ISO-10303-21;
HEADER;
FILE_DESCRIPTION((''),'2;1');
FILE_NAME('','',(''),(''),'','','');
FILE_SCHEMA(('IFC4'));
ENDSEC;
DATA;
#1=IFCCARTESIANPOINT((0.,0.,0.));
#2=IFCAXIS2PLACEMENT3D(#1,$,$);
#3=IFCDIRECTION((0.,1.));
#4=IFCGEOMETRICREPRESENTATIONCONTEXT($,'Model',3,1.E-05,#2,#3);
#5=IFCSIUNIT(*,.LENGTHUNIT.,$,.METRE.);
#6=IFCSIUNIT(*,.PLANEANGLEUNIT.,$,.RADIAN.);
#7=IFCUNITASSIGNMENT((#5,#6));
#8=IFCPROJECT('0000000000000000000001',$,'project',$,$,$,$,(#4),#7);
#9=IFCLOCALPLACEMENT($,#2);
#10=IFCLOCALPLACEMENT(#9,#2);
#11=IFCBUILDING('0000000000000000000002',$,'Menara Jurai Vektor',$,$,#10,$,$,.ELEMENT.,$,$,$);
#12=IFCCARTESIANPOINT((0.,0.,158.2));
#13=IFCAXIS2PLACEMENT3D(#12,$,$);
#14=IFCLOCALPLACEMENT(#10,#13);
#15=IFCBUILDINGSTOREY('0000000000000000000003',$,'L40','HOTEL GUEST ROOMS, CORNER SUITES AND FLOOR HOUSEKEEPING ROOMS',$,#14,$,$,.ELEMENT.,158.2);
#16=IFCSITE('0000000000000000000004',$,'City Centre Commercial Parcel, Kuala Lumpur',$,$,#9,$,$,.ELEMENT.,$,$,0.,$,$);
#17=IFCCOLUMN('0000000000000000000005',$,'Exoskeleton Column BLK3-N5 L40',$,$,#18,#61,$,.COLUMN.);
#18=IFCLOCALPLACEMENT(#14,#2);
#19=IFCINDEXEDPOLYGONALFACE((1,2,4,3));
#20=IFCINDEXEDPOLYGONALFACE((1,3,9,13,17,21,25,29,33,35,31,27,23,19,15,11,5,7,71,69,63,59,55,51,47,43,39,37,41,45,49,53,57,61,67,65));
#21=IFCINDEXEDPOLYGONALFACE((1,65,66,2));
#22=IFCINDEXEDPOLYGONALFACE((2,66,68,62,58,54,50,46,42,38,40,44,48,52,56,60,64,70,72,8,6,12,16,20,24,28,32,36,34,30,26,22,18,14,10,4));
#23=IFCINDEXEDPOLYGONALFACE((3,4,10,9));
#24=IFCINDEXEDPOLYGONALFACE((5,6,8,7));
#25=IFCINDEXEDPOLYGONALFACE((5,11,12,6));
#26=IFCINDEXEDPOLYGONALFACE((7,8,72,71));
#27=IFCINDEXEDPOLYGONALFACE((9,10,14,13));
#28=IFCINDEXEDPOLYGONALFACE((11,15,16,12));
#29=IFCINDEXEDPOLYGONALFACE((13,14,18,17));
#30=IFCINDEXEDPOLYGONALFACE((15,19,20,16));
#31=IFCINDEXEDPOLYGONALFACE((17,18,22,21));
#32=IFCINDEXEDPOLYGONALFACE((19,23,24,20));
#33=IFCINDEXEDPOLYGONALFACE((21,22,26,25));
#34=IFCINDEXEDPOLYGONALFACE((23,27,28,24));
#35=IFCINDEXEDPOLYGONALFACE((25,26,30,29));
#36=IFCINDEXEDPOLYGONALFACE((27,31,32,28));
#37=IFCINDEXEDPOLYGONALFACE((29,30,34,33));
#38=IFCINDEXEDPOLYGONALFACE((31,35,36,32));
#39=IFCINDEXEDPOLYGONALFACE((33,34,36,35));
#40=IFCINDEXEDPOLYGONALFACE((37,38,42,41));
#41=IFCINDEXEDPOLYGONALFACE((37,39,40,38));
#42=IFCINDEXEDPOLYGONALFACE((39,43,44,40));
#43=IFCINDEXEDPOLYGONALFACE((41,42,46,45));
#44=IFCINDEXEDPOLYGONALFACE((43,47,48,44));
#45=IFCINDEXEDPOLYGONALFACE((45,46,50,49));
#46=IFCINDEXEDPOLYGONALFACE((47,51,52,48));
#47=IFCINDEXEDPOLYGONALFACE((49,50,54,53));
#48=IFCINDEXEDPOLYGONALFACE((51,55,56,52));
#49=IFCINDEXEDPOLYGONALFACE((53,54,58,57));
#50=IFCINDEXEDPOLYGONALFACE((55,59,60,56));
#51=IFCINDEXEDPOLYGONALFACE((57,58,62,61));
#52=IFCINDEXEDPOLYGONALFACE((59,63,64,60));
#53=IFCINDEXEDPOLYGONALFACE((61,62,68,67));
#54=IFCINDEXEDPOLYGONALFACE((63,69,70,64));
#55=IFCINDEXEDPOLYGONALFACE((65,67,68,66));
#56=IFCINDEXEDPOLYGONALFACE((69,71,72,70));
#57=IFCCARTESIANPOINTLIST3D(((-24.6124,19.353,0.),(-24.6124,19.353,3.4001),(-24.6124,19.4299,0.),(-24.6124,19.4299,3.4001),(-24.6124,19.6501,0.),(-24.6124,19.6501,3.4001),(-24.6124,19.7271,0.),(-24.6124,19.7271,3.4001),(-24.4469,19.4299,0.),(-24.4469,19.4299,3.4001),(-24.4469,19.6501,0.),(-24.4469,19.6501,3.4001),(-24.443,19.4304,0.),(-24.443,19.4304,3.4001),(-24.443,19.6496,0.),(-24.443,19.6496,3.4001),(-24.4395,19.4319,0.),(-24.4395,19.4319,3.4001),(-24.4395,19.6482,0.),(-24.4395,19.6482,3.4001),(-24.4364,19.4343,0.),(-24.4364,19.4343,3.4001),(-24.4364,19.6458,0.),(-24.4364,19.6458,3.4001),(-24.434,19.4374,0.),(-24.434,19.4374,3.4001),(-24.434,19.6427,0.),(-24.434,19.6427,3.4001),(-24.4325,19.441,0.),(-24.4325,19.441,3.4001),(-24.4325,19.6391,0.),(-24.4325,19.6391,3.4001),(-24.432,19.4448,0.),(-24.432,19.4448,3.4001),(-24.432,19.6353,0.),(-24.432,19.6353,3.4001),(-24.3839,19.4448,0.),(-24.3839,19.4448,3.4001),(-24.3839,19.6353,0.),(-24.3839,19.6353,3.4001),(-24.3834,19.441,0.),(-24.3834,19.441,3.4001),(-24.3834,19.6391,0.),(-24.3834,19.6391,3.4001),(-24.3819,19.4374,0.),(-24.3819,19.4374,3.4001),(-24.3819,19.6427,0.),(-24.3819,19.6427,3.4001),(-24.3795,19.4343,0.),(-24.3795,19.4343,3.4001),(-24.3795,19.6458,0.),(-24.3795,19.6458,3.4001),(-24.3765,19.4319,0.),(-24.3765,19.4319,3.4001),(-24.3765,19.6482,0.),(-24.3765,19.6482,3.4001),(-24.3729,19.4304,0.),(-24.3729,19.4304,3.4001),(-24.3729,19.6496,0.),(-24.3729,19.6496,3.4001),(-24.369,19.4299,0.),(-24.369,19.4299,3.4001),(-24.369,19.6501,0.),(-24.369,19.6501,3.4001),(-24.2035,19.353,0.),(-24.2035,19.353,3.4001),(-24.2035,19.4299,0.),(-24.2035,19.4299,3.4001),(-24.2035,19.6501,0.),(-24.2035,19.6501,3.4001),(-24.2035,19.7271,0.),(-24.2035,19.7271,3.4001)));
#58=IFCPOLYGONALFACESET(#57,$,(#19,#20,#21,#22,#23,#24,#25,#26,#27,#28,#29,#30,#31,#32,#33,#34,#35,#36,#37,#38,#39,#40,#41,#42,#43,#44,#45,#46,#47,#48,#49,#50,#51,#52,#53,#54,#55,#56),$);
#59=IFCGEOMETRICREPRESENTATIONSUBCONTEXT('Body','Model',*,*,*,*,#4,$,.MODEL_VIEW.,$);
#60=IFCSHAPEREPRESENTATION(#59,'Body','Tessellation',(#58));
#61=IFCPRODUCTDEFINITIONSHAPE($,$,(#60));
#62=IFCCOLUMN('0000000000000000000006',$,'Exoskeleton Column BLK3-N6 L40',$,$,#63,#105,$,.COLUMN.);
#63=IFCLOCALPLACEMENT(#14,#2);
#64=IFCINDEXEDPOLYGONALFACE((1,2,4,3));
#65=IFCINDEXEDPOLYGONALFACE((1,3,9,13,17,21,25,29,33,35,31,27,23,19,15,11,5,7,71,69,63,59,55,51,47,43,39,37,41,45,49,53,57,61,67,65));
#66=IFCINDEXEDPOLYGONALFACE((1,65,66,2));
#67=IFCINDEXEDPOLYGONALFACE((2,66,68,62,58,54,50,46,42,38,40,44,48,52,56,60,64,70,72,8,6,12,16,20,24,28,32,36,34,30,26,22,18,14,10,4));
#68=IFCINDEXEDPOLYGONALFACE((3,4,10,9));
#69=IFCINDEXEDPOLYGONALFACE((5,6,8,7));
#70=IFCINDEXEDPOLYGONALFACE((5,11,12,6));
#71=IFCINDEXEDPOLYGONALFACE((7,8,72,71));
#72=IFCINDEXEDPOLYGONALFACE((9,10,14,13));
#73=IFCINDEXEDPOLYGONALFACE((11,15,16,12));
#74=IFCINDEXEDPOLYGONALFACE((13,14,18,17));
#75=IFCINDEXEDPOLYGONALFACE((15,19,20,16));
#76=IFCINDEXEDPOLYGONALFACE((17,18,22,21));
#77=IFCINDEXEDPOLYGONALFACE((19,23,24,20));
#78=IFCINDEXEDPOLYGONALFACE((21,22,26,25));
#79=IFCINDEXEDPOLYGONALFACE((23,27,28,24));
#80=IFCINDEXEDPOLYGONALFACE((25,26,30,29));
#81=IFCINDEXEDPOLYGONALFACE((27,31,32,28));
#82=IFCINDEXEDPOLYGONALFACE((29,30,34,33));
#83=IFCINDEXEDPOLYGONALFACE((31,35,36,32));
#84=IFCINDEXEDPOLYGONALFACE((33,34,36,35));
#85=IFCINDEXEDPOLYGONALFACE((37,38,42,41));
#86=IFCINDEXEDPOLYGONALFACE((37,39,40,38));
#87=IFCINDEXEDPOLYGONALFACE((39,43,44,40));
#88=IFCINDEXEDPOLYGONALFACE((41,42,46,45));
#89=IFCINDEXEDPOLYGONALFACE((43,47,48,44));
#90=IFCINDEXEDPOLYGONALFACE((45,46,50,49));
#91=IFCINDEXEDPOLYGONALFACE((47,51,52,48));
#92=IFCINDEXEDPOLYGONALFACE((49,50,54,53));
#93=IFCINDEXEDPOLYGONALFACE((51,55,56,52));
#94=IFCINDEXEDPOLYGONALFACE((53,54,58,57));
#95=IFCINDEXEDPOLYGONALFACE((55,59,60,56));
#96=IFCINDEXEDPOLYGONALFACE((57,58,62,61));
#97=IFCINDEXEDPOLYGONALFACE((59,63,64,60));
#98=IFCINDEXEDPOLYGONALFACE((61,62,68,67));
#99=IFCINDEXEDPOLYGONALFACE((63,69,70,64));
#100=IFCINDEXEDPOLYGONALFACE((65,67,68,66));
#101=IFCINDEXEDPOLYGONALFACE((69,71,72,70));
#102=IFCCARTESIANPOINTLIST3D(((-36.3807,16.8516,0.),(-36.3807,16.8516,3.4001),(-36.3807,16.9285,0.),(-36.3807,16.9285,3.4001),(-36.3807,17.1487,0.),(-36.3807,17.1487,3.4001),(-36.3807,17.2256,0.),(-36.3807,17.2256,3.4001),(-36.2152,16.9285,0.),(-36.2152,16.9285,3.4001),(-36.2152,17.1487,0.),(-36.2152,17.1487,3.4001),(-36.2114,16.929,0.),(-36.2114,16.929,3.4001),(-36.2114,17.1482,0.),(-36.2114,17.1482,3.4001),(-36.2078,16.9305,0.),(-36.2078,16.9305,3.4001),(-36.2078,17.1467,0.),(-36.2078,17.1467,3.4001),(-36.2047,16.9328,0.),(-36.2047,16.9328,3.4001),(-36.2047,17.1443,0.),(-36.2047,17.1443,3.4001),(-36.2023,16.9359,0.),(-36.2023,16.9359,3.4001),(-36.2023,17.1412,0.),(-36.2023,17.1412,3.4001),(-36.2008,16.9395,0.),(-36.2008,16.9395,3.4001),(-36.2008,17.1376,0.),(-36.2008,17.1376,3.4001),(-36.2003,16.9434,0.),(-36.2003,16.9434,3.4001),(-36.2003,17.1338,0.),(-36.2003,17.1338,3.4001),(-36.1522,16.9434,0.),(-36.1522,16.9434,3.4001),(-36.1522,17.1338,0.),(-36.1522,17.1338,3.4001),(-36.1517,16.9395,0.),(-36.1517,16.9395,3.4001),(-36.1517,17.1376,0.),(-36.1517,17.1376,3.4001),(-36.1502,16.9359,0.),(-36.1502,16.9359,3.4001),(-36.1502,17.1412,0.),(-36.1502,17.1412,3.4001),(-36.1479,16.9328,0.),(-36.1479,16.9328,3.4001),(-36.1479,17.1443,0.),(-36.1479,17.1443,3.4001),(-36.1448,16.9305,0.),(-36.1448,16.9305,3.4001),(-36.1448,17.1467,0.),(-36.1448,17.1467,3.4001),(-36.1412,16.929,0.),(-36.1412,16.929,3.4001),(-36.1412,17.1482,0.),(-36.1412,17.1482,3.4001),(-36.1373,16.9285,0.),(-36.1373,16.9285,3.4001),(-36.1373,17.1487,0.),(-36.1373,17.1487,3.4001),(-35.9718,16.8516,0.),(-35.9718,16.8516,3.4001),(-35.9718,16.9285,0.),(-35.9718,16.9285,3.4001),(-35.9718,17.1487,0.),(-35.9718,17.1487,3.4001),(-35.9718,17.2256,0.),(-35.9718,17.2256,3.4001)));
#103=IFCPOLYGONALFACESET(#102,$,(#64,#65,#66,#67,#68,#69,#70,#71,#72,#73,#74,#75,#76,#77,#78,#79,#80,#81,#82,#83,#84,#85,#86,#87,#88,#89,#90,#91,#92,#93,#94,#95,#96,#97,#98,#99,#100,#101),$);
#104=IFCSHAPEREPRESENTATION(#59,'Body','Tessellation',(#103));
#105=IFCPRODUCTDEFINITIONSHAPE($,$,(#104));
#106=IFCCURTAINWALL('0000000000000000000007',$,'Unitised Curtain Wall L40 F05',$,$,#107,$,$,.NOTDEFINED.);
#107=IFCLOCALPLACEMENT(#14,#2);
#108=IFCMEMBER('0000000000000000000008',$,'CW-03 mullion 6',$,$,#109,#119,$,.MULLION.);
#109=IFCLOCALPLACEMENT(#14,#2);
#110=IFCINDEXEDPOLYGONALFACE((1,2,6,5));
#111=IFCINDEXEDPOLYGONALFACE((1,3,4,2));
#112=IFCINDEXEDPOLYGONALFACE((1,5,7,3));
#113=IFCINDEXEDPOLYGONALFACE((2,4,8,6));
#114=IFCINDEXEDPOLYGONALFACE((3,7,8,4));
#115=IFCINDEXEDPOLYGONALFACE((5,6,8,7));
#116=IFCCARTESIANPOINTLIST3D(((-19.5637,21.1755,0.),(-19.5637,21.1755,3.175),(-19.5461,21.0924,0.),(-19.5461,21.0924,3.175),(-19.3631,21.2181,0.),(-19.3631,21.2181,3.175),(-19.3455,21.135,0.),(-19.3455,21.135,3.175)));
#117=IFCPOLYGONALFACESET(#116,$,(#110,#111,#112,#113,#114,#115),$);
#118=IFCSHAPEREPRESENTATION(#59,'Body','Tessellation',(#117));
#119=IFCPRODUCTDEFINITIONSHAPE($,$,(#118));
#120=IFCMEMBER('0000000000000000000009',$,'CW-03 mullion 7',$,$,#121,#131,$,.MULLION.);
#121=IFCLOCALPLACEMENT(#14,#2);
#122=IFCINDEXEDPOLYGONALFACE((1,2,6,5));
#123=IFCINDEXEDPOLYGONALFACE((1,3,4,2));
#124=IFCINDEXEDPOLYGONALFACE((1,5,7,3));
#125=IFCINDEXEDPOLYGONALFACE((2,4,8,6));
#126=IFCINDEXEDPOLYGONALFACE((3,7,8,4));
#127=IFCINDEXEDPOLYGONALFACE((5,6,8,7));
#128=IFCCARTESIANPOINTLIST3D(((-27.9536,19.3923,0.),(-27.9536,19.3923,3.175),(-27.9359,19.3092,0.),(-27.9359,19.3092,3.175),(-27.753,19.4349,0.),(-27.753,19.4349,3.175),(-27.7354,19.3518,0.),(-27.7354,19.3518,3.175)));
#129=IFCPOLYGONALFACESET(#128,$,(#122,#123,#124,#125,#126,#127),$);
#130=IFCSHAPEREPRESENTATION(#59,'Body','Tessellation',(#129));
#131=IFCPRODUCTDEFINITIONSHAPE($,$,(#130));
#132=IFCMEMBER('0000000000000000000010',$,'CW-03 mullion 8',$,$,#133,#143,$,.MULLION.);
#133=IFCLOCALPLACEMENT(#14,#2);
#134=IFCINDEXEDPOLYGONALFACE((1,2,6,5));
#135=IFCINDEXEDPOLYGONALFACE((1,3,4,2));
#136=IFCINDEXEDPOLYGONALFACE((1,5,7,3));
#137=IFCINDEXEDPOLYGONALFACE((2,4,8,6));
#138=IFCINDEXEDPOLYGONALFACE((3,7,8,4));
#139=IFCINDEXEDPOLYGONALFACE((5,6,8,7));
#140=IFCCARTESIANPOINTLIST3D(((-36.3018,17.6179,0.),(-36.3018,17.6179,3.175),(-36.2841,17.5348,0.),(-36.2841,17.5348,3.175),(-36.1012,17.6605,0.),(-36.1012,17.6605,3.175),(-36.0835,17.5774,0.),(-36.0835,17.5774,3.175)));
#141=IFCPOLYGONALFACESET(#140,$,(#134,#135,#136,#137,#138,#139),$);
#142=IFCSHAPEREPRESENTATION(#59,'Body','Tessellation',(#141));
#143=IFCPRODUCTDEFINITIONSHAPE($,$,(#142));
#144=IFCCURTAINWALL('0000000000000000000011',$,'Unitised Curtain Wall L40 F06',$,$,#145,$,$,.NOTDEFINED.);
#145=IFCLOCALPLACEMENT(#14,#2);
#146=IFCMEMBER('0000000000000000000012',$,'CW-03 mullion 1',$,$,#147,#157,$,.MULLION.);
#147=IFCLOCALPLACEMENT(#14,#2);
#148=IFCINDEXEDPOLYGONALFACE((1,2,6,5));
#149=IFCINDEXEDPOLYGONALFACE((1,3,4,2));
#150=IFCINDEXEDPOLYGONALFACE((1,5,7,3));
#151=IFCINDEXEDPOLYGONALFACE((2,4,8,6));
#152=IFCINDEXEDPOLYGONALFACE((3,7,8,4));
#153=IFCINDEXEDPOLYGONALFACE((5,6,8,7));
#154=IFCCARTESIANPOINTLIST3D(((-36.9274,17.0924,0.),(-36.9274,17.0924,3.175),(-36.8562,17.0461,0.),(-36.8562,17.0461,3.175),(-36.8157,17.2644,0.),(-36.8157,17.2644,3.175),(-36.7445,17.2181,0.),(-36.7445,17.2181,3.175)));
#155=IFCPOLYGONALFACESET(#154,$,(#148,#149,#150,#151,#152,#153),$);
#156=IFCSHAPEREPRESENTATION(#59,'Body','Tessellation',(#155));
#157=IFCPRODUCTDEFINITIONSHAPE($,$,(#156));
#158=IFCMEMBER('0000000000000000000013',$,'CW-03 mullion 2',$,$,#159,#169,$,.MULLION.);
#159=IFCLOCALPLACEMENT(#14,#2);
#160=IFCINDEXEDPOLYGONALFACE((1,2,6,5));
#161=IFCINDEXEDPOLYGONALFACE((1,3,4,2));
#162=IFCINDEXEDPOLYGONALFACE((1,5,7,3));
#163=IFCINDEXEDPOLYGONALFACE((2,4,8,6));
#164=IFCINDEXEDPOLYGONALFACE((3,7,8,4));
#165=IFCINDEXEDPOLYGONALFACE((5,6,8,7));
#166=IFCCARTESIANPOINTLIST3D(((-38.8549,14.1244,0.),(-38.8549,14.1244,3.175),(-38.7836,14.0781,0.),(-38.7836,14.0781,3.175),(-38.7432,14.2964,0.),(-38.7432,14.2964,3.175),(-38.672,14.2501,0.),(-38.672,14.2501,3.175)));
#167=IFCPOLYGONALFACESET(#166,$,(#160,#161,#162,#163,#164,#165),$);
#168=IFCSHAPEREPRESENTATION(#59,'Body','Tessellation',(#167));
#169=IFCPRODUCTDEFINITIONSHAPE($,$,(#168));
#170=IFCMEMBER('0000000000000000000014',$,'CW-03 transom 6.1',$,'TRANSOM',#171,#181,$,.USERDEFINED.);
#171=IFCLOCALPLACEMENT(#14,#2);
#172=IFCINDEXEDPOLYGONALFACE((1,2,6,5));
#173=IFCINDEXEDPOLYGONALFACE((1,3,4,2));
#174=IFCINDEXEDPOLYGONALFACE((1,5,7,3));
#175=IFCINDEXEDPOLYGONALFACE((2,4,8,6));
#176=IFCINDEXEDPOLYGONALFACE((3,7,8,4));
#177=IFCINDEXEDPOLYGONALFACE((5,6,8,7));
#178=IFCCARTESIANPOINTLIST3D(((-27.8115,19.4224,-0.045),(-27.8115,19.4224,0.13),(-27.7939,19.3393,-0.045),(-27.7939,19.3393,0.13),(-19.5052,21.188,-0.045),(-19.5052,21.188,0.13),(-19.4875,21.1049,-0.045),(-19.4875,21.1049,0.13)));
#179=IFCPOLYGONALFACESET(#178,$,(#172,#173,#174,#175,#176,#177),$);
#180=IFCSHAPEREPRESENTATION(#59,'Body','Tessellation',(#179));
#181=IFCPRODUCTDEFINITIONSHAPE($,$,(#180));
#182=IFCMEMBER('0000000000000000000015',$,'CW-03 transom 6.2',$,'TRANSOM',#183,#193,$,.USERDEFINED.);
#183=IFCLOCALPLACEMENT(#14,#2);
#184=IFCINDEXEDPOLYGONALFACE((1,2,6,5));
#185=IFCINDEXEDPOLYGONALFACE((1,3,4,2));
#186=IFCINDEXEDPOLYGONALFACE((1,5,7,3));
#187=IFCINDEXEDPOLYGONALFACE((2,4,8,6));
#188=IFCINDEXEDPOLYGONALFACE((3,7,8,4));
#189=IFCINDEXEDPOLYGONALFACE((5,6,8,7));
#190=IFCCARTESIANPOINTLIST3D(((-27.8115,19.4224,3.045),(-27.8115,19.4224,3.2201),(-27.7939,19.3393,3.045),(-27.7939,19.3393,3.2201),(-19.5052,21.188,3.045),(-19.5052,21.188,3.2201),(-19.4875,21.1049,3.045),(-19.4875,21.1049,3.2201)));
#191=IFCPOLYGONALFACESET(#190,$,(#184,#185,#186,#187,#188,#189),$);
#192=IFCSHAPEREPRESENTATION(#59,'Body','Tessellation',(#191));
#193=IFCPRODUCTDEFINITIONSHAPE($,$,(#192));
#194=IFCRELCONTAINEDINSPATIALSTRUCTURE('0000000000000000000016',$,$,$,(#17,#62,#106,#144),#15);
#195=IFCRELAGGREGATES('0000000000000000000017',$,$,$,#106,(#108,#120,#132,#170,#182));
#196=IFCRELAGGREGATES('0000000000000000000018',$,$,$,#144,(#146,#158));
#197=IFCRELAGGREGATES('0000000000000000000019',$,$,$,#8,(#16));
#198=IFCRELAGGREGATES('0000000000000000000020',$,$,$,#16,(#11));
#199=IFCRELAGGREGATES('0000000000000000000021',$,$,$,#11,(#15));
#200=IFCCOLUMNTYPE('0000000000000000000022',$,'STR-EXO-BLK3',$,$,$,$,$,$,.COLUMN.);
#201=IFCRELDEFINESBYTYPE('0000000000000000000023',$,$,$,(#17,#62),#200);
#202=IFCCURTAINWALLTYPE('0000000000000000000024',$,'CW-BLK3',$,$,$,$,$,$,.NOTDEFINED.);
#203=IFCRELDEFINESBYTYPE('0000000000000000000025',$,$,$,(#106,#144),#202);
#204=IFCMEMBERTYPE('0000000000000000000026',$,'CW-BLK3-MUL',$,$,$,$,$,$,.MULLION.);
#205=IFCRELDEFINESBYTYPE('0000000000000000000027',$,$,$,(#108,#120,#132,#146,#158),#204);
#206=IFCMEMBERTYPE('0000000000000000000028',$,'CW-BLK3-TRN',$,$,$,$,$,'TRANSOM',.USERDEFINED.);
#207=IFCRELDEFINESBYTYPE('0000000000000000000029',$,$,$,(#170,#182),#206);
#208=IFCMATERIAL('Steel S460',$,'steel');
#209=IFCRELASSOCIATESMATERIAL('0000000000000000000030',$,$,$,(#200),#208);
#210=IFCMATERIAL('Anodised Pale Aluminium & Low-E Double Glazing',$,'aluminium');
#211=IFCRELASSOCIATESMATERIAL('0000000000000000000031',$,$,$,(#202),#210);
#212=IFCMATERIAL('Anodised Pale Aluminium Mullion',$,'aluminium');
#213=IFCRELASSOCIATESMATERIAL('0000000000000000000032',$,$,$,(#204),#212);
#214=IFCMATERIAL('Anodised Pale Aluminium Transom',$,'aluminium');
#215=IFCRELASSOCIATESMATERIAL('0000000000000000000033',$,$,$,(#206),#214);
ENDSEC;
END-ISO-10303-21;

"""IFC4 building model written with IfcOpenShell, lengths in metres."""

from ifc_helpers import new_model, si_unit, direction, frame, origin, origin_2d, place, context, subcontext, project, spatial, rectangle, i_section, extrude, material, material_profile, profile_set, type_object, element, aggregate, save


model = new_model("IFC4")

# Units and contexts
model_context = context("Model", 3, precision=1e-05, world=origin(), true_north=direction((0.0, 1.0)))
body_context = subcontext(model_context, "Body", "Model", "MODEL_VIEW")
ifc_project = project(units=[si_unit("LENGTHUNIT", "METRE"), si_unit("PLANEANGLEUNIT", "RADIAN")], contexts=[model_context])

# Site, building, storey
site_placement = place(None, origin())
site = spatial("IfcSite", under=ifc_project, at=site_placement, Name="City Centre Commercial Parcel, Kuala Lumpur", CompositionType="ELEMENT", RefElevation=0.0)
building_placement = place(site_placement, origin())
building = spatial("IfcBuilding", under=site, at=building_placement, Name="Menara Jurai Vektor", CompositionType="ELEMENT")
storey_placement = place(building_placement, frame((0.0, 0.0, 158.2)))
storey = spatial("IfcBuildingStorey", under=building, at=storey_placement, Name="L40", Description="HOTEL GUEST ROOMS, CORNER SUITES AND FLOOR HOUSEKEEPING ROOMS", CompositionType="ELEMENT", Elevation=158.2)

# Columns
ifc_material_1 = material(Name="Steel S460", Category="steel")
ifc_material_profile_1 = material_profile(ifc_material_1, i_section(OverallWidth=0.4089, OverallDepth=0.374, WebThickness=0.0481, FlangeThickness=0.0769, FilletRadius=0.0149, at=origin_2d()), Name="HD 400x634")
ifc_profile_set_1 = profile_set([ifc_material_profile_1], Name="Steel S460")
column_type = type_object("IfcColumnType", Name="STR-EXO-BLK3", PredefinedType="COLUMN", material=ifc_profile_set_1)
for number, where, z_axis, x_axis, name in (
    (1, (-24.408, 19.54, 0.0), (0.0, 0.0, 1.0), (1.0, 0.0, 0.0), "Exoskeleton Column BLK3-N5 L40"),
    (2, (-36.1763, 17.0386, 0.0), (0.0, 0.0, 1.0), (1.0, 0.0, 0.0), "Exoskeleton Column BLK3-N6 L40"),
):
    element("IfcColumn", number, at=place(storey_placement, frame(where, z_axis=z_axis, x_axis=x_axis)), inside=storey, type_object=column_type, Name=name, PredefinedType="COLUMN", context=body_context, shape_type="SweptSolid", body=[
        extrude(i_section(OverallWidth=0.4089, OverallDepth=0.374, WebThickness=0.0481, FlangeThickness=0.0769, FilletRadius=0.0149, at=origin_2d()), origin(), (0.0, 0.0, 1.0), 3.4001),
    ])

# Curtain walls, members
ifc_material_2 = material(Name="Anodised Pale Aluminium & Low-E Double Glazing", Category="aluminium")
curtain_wall_type = type_object("IfcCurtainWallType", Name="CW-BLK3", PredefinedType="NOTDEFINED", material=ifc_material_2)
curtain_wall_1_placement = place(storey_placement, origin())
curtain_wall_1 = element("IfcCurtainWall", 3, at=curtain_wall_1_placement, inside=storey, type_object=curtain_wall_type, Name="Unitised Curtain Wall L40 F05", PredefinedType="NOTDEFINED")
ifc_material_3 = material(Name="Anodised Pale Aluminium Mullion", Category="aluminium")
ifc_material_profile_2 = material_profile(ifc_material_3, rectangle(XDim=0.085, YDim=0.2051, at=origin_2d()), Name="ALU MUL 85x205")
ifc_profile_set_2 = profile_set([ifc_material_profile_2], Name="Anodised Pale Aluminium Mullion")
member_type_1 = type_object("IfcMemberType", Name="CW-BLK3-MUL", PredefinedType="MULLION", material=ifc_profile_set_2)
member_1_placement = place(storey_placement, frame((-19.4546, 21.1553, 0.0), z_axis=(0.0, 0.0, 1.0), x_axis=(0.207911, -0.978148, 0.0)))
member_1 = element("IfcMember", 4, at=member_1_placement, type_object=member_type_1, Name="CW-03 mullion 6", PredefinedType="MULLION", context=body_context, shape_type="SweptSolid", body=[
    extrude(rectangle(XDim=0.085, YDim=0.2051, at=origin_2d()), origin(), (0.0, 0.0, 1.0), 3.175),
])
member_2_placement = place(storey_placement, frame((-27.8445, 19.3721, 0.0), z_axis=(0.0, 0.0, 1.0), x_axis=(0.207911, -0.978148, 0.0)))
member_2 = element("IfcMember", 5, at=member_2_placement, type_object=member_type_1, Name="CW-03 mullion 7", PredefinedType="MULLION", context=body_context, shape_type="SweptSolid", body=[
    extrude(rectangle(XDim=0.085, YDim=0.2051, at=origin_2d()), origin(), (0.0, 0.0, 1.0), 3.175),
])
member_3_placement = place(storey_placement, frame((-36.1926, 17.5977, 0.0), z_axis=(0.0, 0.0, 1.0), x_axis=(0.207911, -0.978148, 0.0)))
member_3 = element("IfcMember", 6, at=member_3_placement, type_object=member_type_1, Name="CW-03 mullion 8", PredefinedType="MULLION", context=body_context, shape_type="SweptSolid", body=[
    extrude(rectangle(XDim=0.085, YDim=0.2051, at=origin_2d()), origin(), (0.0, 0.0, 1.0), 3.175),
])
curtain_wall_2_placement = place(storey_placement, origin())
curtain_wall_2 = element("IfcCurtainWall", 7, at=curtain_wall_2_placement, inside=storey, type_object=curtain_wall_type, Name="Unitised Curtain Wall L40 F06", PredefinedType="NOTDEFINED")
member_4_placement = place(storey_placement, frame((-36.8359, 17.1553, 0.0), z_axis=(0.0, 0.0, 1.0), x_axis=(0.838684, -0.544618, 0.0)))
member_4 = element("IfcMember", 8, at=member_4_placement, type_object=member_type_1, Name="CW-03 mullion 1", PredefinedType="MULLION", context=body_context, shape_type="SweptSolid", body=[
    extrude(rectangle(XDim=0.085, YDim=0.2051, at=origin_2d()), origin(), (0.0, 0.0, 1.0), 3.175),
])
member_5_placement = place(storey_placement, frame((-38.7634, 14.1873, 0.0), z_axis=(0.0, 0.0, 1.0), x_axis=(0.838684, -0.544618, 0.0)))
member_5 = element("IfcMember", 9, at=member_5_placement, type_object=member_type_1, Name="CW-03 mullion 2", PredefinedType="MULLION", context=body_context, shape_type="SweptSolid", body=[
    extrude(rectangle(XDim=0.085, YDim=0.2051, at=origin_2d()), origin(), (0.0, 0.0, 1.0), 3.175),
])

# Members
ifc_material_4 = material(Name="Anodised Pale Aluminium Transom", Category="aluminium")
ifc_material_profile_3 = material_profile(ifc_material_4, rectangle(XDim=0.085, YDim=0.175, at=origin_2d()), Name="ALU TRN 85x175")
ifc_profile_set_3 = profile_set([ifc_material_profile_3], Name="Anodised Pale Aluminium Transom")
member_type_2 = type_object("IfcMemberType", Name="CW-BLK3-TRN", ElementType="TRANSOM", PredefinedType="USERDEFINED", material=ifc_profile_set_3)
member_6_placement = place(storey_placement, frame((-19.4963, 21.1465, 0.0425), z_axis=(-0.978147, -0.207917, 0.0), x_axis=(0.207917, -0.978147, 0.0)))
member_6 = element("IfcMember", 10, at=member_6_placement, type_object=member_type_2, Name="CW-03 transom 6.1", ObjectType="TRANSOM", PredefinedType="USERDEFINED", context=body_context, shape_type="SweptSolid", body=[
    extrude(rectangle(XDim=0.085, YDim=0.175, at=origin_2d()), origin(), (0.0, 0.0, 1.0), 8.4919),
])
member_7_placement = place(storey_placement, frame((-19.4963, 21.1465, 3.1326), z_axis=(-0.978147, -0.207917, 0.0), x_axis=(0.207917, -0.978147, 0.0)))
member_7 = element("IfcMember", 11, at=member_7_placement, type_object=member_type_2, Name="CW-03 transom 6.2", ObjectType="TRANSOM", PredefinedType="USERDEFINED", context=body_context, shape_type="SweptSolid", body=[
    extrude(rectangle(XDim=0.085, YDim=0.175, at=origin_2d()), origin(), (0.0, 0.0, 1.0), 8.4919),
])

aggregate(curtain_wall_1, [member_1, member_2, member_3, member_6, member_7])
aggregate(curtain_wall_2, [member_4, member_5])

save(model, "model.ifc")
